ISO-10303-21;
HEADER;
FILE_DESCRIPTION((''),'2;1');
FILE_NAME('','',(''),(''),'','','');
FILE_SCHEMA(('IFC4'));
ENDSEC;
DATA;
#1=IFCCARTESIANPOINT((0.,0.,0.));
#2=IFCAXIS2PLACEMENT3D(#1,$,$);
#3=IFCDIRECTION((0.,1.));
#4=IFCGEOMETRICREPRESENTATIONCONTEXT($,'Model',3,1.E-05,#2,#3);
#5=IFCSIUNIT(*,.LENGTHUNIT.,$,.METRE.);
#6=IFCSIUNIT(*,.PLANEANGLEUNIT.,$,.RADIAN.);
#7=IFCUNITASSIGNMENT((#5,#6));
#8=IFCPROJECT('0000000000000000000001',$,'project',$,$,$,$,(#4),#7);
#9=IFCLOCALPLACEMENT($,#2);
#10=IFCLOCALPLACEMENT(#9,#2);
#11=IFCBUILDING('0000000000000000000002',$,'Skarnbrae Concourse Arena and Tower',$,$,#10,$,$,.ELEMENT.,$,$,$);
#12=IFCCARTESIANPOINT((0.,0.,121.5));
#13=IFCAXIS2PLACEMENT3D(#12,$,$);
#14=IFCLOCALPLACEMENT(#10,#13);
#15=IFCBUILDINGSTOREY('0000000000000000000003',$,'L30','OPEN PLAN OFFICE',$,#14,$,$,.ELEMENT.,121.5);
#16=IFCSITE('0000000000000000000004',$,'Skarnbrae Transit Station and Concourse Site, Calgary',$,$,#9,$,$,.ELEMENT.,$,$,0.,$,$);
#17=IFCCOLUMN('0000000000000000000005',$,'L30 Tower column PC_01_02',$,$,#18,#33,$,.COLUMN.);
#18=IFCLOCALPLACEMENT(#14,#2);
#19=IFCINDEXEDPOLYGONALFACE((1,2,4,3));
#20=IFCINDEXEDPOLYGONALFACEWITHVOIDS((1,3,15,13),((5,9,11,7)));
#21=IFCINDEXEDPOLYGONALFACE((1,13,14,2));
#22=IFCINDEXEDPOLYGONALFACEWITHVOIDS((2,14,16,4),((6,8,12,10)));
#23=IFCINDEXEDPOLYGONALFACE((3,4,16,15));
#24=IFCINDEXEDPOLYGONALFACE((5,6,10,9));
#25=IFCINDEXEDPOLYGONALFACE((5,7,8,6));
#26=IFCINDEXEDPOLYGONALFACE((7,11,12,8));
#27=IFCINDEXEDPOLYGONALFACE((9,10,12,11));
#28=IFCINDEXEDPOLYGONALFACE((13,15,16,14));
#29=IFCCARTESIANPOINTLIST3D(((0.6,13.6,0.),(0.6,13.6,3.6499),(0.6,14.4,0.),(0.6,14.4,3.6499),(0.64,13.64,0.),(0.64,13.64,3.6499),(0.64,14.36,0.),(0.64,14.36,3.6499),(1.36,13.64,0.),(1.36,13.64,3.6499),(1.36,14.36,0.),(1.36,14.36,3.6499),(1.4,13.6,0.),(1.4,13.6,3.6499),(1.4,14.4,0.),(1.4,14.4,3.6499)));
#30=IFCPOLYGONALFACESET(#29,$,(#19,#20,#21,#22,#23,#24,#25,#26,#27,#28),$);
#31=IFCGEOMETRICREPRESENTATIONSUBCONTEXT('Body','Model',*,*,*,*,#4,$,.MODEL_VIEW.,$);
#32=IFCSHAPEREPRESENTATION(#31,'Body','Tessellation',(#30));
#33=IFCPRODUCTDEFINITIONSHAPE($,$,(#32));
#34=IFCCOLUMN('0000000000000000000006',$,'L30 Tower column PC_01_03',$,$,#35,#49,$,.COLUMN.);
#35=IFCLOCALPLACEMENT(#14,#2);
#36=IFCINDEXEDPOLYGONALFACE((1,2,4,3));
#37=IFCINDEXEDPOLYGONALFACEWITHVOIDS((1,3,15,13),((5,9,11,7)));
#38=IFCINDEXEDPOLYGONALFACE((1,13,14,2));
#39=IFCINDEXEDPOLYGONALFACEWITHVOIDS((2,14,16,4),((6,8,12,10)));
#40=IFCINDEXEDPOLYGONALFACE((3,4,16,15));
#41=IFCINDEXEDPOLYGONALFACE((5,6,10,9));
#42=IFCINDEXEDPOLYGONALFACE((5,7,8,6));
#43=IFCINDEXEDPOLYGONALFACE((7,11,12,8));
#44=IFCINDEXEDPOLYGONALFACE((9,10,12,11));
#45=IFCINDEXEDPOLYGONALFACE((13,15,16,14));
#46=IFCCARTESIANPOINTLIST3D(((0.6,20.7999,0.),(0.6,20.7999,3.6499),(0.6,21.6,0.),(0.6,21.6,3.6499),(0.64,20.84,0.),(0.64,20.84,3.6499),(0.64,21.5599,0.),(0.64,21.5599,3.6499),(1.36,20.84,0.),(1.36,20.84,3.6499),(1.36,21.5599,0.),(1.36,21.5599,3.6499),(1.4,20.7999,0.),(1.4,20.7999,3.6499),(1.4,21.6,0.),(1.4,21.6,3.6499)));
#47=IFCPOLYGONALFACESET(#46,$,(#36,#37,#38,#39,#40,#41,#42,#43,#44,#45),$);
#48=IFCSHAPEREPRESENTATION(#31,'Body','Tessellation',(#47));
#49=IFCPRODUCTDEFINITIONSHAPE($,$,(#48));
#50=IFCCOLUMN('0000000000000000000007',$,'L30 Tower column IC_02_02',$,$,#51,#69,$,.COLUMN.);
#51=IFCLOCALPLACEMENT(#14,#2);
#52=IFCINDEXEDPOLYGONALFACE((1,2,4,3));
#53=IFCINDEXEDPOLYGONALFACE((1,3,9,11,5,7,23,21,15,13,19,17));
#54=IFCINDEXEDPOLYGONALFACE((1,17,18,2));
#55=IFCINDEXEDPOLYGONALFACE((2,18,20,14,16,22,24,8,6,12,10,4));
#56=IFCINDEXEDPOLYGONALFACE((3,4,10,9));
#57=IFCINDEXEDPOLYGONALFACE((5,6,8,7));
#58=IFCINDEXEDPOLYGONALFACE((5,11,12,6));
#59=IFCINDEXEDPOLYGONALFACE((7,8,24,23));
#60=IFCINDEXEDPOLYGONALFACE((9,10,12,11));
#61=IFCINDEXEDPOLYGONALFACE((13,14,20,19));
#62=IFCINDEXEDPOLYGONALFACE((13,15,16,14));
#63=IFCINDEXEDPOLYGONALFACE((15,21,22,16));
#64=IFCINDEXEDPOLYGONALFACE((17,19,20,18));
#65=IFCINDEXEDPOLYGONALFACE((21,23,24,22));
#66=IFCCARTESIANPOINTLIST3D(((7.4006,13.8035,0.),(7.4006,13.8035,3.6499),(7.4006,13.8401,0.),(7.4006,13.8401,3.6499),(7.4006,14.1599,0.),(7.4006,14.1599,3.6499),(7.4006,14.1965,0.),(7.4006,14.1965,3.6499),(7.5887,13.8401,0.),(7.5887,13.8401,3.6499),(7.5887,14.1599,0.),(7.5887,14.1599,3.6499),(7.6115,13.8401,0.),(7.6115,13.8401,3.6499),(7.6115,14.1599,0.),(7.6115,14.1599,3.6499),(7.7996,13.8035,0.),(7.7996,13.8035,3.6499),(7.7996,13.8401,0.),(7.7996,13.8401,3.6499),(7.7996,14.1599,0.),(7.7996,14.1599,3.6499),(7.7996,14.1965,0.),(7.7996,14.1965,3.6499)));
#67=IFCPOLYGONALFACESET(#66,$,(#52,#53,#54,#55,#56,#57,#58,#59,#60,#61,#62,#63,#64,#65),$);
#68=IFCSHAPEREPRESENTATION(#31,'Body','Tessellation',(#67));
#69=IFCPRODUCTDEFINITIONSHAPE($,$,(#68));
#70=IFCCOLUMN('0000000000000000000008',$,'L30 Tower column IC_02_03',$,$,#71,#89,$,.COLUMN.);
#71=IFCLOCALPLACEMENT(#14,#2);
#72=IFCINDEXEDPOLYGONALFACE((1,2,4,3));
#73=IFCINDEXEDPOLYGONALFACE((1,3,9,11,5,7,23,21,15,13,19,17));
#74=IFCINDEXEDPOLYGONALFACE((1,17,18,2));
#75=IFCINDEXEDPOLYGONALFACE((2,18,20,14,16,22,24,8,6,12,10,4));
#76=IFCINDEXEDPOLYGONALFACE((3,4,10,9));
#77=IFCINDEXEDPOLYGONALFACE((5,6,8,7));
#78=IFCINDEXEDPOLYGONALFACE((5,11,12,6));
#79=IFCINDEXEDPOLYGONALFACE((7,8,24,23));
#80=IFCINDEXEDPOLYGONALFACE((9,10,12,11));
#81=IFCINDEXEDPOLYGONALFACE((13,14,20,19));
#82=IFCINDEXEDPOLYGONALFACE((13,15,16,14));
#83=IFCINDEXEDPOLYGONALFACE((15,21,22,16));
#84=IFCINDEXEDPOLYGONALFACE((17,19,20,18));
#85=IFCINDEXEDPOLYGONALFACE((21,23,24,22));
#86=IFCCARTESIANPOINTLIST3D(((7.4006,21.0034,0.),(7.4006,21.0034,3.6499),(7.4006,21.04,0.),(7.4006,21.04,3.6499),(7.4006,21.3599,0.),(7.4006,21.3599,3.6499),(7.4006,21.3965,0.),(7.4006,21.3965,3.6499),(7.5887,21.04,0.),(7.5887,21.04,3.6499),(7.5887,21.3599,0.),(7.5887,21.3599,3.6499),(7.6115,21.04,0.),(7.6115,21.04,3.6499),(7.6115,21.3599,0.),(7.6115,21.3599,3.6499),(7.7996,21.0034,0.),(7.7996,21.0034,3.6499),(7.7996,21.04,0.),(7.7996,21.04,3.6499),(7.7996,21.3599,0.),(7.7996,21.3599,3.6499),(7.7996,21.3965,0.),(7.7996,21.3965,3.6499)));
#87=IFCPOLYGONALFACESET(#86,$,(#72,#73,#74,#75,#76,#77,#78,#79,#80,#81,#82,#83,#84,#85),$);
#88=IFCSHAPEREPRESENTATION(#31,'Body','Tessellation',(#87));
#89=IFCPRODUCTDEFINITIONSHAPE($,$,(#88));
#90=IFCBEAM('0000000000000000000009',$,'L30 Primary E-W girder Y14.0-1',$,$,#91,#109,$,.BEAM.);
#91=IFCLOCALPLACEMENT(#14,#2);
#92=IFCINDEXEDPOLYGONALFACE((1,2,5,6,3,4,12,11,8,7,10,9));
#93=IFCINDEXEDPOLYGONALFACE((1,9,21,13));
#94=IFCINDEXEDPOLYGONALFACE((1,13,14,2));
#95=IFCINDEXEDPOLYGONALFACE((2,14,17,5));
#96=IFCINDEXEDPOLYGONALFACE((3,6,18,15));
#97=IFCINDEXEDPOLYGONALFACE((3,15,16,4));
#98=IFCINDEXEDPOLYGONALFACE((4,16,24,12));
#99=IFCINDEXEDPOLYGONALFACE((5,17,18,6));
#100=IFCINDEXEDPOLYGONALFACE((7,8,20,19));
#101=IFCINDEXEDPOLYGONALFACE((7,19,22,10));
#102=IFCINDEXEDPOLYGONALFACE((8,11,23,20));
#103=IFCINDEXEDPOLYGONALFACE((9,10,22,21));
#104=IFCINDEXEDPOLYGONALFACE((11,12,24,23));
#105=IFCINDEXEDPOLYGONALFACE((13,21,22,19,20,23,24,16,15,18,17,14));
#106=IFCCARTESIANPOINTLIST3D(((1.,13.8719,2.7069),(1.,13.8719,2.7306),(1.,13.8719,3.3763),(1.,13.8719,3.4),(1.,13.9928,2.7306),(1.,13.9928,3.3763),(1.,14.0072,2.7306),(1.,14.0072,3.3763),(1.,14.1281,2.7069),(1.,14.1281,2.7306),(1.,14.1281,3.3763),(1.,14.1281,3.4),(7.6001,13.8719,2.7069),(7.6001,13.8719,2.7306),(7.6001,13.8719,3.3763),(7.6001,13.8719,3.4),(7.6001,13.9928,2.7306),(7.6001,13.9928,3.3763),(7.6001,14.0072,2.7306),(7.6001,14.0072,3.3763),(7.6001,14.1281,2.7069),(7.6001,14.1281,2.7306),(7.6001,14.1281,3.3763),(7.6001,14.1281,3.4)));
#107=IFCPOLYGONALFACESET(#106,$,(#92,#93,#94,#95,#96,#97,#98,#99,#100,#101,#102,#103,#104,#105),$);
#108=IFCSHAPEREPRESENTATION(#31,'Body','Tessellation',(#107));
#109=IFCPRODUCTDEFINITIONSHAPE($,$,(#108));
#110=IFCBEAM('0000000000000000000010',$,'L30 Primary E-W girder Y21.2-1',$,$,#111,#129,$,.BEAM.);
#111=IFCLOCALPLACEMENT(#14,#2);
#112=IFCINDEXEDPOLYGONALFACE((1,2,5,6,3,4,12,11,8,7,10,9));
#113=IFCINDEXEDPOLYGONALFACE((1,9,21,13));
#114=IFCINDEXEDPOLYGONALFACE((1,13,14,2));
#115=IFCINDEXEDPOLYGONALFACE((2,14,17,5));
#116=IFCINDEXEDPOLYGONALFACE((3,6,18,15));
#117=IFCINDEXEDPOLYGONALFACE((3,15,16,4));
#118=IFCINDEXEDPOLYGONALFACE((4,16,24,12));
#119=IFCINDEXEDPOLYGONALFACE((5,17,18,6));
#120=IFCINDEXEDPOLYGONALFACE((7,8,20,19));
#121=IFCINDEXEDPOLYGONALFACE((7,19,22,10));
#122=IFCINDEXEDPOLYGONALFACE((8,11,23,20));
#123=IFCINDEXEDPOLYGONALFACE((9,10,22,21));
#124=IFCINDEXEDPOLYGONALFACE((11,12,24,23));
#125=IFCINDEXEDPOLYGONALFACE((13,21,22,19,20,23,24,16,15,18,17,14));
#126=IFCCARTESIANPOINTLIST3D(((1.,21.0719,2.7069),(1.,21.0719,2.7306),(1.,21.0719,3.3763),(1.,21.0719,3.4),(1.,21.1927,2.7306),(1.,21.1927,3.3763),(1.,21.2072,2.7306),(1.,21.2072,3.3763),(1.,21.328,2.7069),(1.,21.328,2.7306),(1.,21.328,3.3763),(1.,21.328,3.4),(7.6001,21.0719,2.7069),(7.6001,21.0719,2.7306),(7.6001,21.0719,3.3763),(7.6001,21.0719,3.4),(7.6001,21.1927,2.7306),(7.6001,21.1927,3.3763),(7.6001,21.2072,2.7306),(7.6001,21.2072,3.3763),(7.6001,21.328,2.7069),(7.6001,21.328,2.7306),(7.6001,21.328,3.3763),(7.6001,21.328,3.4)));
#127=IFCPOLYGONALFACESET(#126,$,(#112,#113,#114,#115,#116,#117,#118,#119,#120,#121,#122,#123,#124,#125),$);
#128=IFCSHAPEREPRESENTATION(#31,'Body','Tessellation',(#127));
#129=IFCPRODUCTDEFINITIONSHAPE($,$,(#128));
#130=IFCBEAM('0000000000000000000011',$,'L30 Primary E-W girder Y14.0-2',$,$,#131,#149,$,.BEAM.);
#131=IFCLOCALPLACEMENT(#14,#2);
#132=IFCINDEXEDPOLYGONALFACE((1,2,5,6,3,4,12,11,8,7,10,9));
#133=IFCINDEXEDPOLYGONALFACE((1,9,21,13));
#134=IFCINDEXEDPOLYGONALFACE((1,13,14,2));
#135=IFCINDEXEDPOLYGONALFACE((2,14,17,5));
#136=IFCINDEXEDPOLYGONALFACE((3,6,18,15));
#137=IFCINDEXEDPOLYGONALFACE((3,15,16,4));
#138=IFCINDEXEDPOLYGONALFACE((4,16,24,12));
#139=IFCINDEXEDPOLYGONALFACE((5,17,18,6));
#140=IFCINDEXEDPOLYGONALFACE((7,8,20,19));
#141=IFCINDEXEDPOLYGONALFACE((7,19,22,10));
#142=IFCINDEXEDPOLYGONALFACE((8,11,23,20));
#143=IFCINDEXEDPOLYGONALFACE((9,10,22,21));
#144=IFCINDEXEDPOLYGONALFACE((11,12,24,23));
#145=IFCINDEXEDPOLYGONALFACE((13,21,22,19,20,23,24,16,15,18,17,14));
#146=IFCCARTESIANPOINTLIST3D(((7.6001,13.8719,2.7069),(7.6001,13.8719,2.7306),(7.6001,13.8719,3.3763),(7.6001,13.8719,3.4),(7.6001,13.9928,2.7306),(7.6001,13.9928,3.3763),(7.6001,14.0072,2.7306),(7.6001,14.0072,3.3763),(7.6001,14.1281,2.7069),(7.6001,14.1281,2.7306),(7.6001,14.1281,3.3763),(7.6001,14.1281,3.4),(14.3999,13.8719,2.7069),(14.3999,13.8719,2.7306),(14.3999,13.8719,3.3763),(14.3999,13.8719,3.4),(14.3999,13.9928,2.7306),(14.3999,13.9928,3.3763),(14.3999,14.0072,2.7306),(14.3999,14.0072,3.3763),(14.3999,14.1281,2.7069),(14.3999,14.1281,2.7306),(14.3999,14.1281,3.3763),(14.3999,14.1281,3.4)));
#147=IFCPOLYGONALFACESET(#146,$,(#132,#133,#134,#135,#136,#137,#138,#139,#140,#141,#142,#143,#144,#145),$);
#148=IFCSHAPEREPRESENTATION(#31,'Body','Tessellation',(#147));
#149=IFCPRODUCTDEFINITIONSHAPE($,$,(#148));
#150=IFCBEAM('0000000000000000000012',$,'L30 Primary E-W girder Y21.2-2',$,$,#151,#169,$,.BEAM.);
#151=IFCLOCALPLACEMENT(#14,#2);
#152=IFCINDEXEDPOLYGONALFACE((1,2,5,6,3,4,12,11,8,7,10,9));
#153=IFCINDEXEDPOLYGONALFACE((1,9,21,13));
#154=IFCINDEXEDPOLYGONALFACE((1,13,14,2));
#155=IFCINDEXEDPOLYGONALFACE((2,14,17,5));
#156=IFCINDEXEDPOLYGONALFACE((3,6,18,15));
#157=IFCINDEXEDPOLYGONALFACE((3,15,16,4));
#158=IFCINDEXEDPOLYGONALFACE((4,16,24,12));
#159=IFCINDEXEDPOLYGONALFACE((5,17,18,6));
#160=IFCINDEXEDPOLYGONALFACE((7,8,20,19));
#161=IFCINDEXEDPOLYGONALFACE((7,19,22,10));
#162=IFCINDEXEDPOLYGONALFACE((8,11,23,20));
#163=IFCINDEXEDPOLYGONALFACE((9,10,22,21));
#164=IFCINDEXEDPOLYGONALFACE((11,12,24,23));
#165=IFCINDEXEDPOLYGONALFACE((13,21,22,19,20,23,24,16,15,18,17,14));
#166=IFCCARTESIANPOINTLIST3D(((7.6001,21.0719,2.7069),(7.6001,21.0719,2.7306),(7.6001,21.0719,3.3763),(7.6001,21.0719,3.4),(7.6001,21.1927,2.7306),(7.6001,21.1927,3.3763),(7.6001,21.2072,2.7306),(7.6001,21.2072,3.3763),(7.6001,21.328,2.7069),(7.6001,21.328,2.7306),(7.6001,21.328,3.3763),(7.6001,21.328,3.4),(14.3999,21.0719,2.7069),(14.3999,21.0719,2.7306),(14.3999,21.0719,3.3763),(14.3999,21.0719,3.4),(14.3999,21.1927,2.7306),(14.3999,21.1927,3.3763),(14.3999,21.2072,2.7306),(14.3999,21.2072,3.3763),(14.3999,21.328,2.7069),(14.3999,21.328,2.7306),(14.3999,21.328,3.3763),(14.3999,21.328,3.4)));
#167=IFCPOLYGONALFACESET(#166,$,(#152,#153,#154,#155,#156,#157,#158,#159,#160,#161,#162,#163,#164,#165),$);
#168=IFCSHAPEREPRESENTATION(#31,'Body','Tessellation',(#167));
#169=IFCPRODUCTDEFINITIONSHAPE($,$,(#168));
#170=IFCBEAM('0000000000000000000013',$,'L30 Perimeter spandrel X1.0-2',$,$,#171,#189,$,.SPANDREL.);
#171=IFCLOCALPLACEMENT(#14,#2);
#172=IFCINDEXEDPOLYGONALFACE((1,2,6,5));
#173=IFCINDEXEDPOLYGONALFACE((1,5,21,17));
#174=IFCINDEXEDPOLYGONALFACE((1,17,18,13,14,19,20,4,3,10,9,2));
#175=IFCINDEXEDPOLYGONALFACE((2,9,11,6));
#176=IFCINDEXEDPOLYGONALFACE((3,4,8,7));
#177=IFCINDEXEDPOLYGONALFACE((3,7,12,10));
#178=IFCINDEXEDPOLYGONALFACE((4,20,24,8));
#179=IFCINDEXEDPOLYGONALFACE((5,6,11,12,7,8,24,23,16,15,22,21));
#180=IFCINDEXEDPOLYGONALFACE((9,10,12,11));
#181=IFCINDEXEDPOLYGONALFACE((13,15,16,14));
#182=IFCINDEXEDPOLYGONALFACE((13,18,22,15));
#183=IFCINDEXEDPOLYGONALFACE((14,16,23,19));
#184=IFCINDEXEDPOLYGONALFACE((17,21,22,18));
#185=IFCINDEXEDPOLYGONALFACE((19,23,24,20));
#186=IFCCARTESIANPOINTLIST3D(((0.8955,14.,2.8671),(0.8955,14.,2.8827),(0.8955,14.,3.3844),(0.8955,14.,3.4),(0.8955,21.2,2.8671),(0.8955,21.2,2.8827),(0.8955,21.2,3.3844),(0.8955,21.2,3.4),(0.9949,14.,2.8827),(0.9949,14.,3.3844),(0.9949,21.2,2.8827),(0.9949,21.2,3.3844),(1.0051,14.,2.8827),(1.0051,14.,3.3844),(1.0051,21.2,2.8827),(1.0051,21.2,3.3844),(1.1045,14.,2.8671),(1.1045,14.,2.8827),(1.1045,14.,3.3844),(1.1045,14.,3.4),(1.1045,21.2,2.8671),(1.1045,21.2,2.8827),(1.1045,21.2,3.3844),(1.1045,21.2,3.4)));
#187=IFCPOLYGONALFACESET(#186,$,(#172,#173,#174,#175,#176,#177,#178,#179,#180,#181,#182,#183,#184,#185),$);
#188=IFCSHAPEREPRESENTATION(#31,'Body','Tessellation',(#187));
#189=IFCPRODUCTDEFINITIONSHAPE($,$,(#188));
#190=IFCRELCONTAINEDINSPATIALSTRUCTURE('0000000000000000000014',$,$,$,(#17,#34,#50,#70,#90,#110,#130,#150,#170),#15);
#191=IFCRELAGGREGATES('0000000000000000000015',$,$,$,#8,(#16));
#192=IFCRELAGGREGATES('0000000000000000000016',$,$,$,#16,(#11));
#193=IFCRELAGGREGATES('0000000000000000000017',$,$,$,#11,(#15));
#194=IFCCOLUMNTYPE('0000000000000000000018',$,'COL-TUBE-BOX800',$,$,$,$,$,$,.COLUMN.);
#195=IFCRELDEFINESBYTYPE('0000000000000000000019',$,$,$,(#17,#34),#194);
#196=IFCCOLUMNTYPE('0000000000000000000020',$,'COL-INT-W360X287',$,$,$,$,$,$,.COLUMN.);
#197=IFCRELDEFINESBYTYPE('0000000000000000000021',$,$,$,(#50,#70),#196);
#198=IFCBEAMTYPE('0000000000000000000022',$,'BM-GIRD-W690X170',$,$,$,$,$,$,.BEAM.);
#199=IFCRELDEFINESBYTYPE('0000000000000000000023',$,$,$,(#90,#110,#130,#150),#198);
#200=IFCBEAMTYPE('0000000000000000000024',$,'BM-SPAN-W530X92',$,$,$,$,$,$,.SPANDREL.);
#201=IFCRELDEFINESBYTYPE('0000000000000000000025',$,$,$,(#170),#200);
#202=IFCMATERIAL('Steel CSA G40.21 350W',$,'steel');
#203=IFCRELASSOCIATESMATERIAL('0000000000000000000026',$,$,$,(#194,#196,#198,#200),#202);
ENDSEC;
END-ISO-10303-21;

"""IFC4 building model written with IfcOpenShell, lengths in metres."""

from ifc_helpers import new_model, si_unit, direction, frame, origin, origin_2d, place, context, subcontext, project, spatial, hollow_rectangle, i_section, extrude, source, transform, mapped, material, material_profile, profile_set, type_object, element, save


model = new_model("IFC4")

# Units and contexts
model_context = context("Model", 3, precision=1e-05, world=origin(), true_north=direction((0.0, 1.0)))
body_context = subcontext(model_context, "Body", "Model", "MODEL_VIEW")
ifc_project = project(units=[si_unit("LENGTHUNIT", "METRE"), si_unit("PLANEANGLEUNIT", "RADIAN")], contexts=[model_context])

# Site, building, storey
site_placement = place(None, origin())
site = spatial("IfcSite", under=ifc_project, at=site_placement, Name="Skarnbrae Transit Station and Concourse Site, Calgary", CompositionType="ELEMENT", RefElevation=0.0)
building_placement = place(site_placement, origin())
building = spatial("IfcBuilding", under=site, at=building_placement, Name="Skarnbrae Concourse Arena and Tower", CompositionType="ELEMENT")
storey_placement = place(building_placement, frame((0.0, 0.0, 121.5)))
storey = spatial("IfcBuildingStorey", under=building, at=storey_placement, Name="L30", Description="OPEN PLAN OFFICE", CompositionType="ELEMENT", Elevation=121.5)

# Columns
ifc_material_1 = material(Name="Steel CSA G40.21 350W", Category="steel")
ifc_material_profile_1 = material_profile(ifc_material_1, hollow_rectangle(XDim=0.8, YDim=0.8, WallThickness=0.04, at=origin_2d()), Name="BOX800X800X40")
ifc_profile_set_1 = profile_set([ifc_material_profile_1], Name="Steel CSA G40.21 350W")
column_type_1 = type_object("IfcColumnType", Name="COL-TUBE-BOX800", PredefinedType="COLUMN", material=ifc_profile_set_1)
shared_shape_1 = source(origin(), body_context, "Body", "SweptSolid", [
    extrude(hollow_rectangle(XDim=0.8, YDim=0.8, WallThickness=0.04, at=origin_2d()), origin(), (0.0, 0.0, 1.0), 3.6499),
])
for number, where, z_axis, x_axis, name in (
    (1, (1.0, 14.0, 0.0), (0.0, 0.0, 1.0), (1.0, 0.0, 0.0), "L30 Tower column PC_01_02"),
    (2, (1.0, 21.2, 0.0), (0.0, 0.0, 1.0), (1.0, 0.0, 0.0), "L30 Tower column PC_01_03"),
):
    element("IfcColumn", number, at=place(storey_placement, frame(where, z_axis=z_axis, x_axis=x_axis)), inside=storey, type_object=column_type_1, Name=name, PredefinedType="COLUMN", context=body_context, shape_type="MappedRepresentation", body=[
        mapped(shared_shape_1, transform((0.0, 0.0, 0.0))),
    ])
ifc_material_profile_2 = material_profile(ifc_material_1, i_section(OverallWidth=0.3989, OverallDepth=0.3931, WebThickness=0.0227, FlangeThickness=0.0366, at=origin_2d()), Name="W360X287")
ifc_profile_set_2 = profile_set([ifc_material_profile_2], Name="Steel CSA G40.21 350W")
column_type_2 = type_object("IfcColumnType", Name="COL-INT-W360X287", PredefinedType="COLUMN", material=ifc_profile_set_2)
shared_shape_2 = source(origin(), body_context, "Body", "SweptSolid", [
    extrude(i_section(OverallWidth=0.3989, OverallDepth=0.3931, WebThickness=0.0227, FlangeThickness=0.0366, at=origin_2d()), origin(), (0.0, 0.0, 1.0), 3.6499),
])
for number, where, z_axis, x_axis, name in (
    (3, (7.6001, 14.0, 0.0), (0.0, 0.0, 1.0), (1.0, 0.0, 0.0), "L30 Tower column IC_02_02"),
    (4, (7.6001, 21.2, 0.0), (0.0, 0.0, 1.0), (1.0, 0.0, 0.0), "L30 Tower column IC_02_03"),
):
    element("IfcColumn", number, at=place(storey_placement, frame(where, z_axis=z_axis, x_axis=x_axis)), inside=storey, type_object=column_type_2, Name=name, PredefinedType="COLUMN", context=body_context, shape_type="MappedRepresentation", body=[
        mapped(shared_shape_2, transform((0.0, 0.0, 0.0))),
    ])

# Beams
ifc_material_profile_3 = material_profile(ifc_material_1, i_section(OverallWidth=0.2561, OverallDepth=0.6931, WebThickness=0.0144, FlangeThickness=0.0237, at=origin_2d()), Name="W690X170")
ifc_profile_set_3 = profile_set([ifc_material_profile_3], Name="Steel CSA G40.21 350W")
beam_type_1 = type_object("IfcBeamType", Name="BM-GIRD-W690X170", PredefinedType="BEAM", material=ifc_profile_set_3)
shared_shape_3 = source(origin(), body_context, "Body", "SweptSolid", [
    extrude(i_section(OverallWidth=0.2561, OverallDepth=0.6931, WebThickness=0.0144, FlangeThickness=0.0237, at=origin_2d()), origin(), (0.0, 0.0, 1.0), 6.6001),
])
for number, where, z_axis, x_axis, name in (
    (5, (1.0, 14.0, 3.0535), (1.0, 0.0, 0.0), (0.0, 1.0, 0.0), "L30 Primary E-W girder Y14.0-1"),
    (6, (1.0, 21.2, 3.0535), (1.0, 0.0, 0.0), (0.0, 1.0, 0.0), "L30 Primary E-W girder Y21.2-1"),
):
    element("IfcBeam", number, at=place(storey_placement, frame(where, z_axis=z_axis, x_axis=x_axis)), inside=storey, type_object=beam_type_1, Name=name, PredefinedType="BEAM", context=body_context, shape_type="MappedRepresentation", body=[
        mapped(shared_shape_3, transform((0.0, 0.0, 0.0))),
    ])
shared_shape_4 = source(origin(), body_context, "Body", "SweptSolid", [
    extrude(i_section(OverallWidth=0.2561, OverallDepth=0.6931, WebThickness=0.0144, FlangeThickness=0.0237, at=origin_2d()), origin(), (0.0, 0.0, 1.0), 6.7998),
])
for number, where, z_axis, x_axis, name in (
    (7, (7.6001, 14.0, 3.0535), (1.0, 0.0, 0.0), (0.0, 1.0, 0.0), "L30 Primary E-W girder Y14.0-2"),
    (8, (7.6001, 21.2, 3.0535), (1.0, 0.0, 0.0), (0.0, 1.0, 0.0), "L30 Primary E-W girder Y21.2-2"),
):
    element("IfcBeam", number, at=place(storey_placement, frame(where, z_axis=z_axis, x_axis=x_axis)), inside=storey, type_object=beam_type_1, Name=name, PredefinedType="BEAM", context=body_context, shape_type="MappedRepresentation", body=[
        mapped(shared_shape_4, transform((0.0, 0.0, 0.0))),
    ])
ifc_material_profile_4 = material_profile(ifc_material_1, i_section(OverallWidth=0.209, OverallDepth=0.533, WebThickness=0.0103, FlangeThickness=0.0156, at=origin_2d()), Name="W530X92")
ifc_profile_set_4 = profile_set([ifc_material_profile_4], Name="Steel CSA G40.21 350W")
beam_type_2 = type_object("IfcBeamType", Name="BM-SPAN-W530X92", PredefinedType="SPANDREL", material=ifc_profile_set_4)
shared_shape_5 = source(origin(), body_context, "Body", "SweptSolid", [
    extrude(i_section(OverallWidth=0.209, OverallDepth=0.533, WebThickness=0.0103, FlangeThickness=0.0156, at=origin_2d()), origin(), (0.0, 0.0, 1.0), 7.2),
])
beam_1_placement = place(storey_placement, frame((1.0, 14.0, 3.1335), z_axis=(0.0, 1.0, 0.0), x_axis=(-1.0, 0.0, 0.0)))
element("IfcBeam", 9, at=beam_1_placement, inside=storey, type_object=beam_type_2, Name="L30 Perimeter spandrel X1.0-2", PredefinedType="SPANDREL", context=body_context, shape_type="MappedRepresentation", body=[
    mapped(shared_shape_5, transform((0.0, 0.0, 0.0))),
])

save(model, "model.ifc")
